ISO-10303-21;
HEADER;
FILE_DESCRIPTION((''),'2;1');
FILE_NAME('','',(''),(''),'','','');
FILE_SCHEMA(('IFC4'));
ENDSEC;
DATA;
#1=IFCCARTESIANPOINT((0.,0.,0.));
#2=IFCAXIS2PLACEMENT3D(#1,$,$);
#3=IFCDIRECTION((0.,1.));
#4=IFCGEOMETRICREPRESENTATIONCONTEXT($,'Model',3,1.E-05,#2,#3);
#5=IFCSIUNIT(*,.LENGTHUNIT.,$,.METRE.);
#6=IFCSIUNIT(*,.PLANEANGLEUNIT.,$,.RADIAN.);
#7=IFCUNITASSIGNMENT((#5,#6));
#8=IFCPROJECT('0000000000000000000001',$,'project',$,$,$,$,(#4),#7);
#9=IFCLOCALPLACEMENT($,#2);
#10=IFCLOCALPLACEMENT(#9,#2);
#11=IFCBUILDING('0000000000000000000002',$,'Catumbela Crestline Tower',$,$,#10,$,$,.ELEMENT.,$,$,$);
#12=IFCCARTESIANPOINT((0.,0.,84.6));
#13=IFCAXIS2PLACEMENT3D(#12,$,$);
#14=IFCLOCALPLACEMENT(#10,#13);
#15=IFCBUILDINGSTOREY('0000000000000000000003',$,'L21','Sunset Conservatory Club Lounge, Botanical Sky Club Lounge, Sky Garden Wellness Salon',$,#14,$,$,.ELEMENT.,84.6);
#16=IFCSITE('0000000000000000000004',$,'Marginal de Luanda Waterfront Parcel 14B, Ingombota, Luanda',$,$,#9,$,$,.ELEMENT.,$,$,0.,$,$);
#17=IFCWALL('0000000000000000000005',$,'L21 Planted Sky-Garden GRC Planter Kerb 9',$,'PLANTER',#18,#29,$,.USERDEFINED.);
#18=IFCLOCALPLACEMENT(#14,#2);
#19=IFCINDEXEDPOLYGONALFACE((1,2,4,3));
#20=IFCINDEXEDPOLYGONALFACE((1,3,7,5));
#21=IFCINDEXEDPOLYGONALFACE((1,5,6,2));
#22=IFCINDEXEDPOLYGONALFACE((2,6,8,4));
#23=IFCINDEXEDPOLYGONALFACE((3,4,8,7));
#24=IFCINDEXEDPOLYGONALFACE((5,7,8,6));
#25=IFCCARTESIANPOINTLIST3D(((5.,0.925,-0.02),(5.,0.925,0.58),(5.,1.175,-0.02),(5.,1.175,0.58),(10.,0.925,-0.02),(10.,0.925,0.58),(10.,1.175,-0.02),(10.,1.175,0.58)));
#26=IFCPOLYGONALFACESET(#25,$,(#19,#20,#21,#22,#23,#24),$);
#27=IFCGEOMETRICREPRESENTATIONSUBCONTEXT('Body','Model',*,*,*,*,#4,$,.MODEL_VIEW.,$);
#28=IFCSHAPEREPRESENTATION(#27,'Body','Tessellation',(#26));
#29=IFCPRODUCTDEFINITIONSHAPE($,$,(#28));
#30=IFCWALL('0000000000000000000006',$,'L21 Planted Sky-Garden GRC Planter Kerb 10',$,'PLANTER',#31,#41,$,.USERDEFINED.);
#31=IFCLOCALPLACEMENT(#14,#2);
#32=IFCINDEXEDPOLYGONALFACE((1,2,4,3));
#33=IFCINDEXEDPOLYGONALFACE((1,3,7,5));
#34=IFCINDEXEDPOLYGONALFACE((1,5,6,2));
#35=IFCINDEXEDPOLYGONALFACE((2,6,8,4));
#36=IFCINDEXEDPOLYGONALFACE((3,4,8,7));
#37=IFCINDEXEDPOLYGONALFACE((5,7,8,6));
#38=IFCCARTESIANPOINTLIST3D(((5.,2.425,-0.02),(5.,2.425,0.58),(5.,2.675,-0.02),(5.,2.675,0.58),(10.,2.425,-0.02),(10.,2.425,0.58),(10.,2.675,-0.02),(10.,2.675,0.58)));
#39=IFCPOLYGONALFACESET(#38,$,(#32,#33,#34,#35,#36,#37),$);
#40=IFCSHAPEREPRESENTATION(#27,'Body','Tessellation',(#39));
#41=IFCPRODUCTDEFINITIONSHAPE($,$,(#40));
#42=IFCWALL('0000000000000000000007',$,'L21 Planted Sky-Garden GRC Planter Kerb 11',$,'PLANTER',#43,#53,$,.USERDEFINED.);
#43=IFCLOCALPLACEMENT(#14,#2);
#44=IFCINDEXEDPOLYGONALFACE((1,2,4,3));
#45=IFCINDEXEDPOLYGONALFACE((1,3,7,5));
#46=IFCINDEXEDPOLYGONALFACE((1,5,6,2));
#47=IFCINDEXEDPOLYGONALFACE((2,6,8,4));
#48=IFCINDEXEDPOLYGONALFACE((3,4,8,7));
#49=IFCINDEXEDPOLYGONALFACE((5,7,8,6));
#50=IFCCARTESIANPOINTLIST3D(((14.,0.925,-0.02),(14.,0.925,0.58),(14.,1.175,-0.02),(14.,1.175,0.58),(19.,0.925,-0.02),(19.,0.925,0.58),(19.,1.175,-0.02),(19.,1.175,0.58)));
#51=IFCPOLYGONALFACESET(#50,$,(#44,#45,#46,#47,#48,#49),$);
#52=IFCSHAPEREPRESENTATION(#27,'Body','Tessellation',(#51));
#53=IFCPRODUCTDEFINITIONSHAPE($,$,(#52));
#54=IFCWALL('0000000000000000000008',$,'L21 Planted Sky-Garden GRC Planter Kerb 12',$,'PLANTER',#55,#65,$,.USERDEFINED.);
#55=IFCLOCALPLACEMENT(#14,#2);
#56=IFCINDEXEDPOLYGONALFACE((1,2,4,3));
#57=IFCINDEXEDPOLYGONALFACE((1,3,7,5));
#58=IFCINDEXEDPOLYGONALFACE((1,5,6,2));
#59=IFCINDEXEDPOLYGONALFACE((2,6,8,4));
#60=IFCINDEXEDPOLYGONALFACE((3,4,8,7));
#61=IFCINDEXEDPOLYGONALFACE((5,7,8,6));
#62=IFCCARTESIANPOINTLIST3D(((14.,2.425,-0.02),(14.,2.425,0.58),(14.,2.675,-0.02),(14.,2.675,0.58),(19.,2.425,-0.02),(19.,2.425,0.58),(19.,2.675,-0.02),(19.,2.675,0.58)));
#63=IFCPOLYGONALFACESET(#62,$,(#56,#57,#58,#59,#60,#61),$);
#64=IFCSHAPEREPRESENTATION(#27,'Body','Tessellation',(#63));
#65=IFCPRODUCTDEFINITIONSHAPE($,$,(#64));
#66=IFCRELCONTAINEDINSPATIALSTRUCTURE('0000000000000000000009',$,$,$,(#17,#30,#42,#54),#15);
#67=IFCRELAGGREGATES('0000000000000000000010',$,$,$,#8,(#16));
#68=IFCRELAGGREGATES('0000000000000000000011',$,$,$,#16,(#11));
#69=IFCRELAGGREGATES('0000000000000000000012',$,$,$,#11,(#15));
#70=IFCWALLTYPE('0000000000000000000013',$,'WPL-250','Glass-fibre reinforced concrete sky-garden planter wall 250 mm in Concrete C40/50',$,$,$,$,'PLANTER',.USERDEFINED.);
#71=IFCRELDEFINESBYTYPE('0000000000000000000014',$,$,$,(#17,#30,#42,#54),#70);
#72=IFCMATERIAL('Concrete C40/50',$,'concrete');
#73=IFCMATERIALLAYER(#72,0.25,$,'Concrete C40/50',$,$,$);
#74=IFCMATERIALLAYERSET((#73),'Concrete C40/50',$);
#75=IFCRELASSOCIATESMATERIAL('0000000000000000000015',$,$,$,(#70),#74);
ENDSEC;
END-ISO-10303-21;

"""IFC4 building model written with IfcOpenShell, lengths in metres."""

from ifc_helpers import new_model, si_unit, direction, frame, frame_2d, origin, place, context, subcontext, project, spatial, rectangle, extrude, material, layer, layer_set, type_object, element, save


model = new_model("IFC4")

# Units and contexts
model_context = context("Model", 3, precision=1e-05, world=origin(), true_north=direction((0.0, 1.0)))
body_context = subcontext(model_context, "Body", "Model", "MODEL_VIEW")
ifc_project = project(units=[si_unit("LENGTHUNIT", "METRE"), si_unit("PLANEANGLEUNIT", "RADIAN")], contexts=[model_context])

# Site, building, storey
site_placement = place(None, origin())
site = spatial("IfcSite", under=ifc_project, at=site_placement, Name="Marginal de Luanda Waterfront Parcel 14B, Ingombota, Luanda", CompositionType="ELEMENT", RefElevation=0.0)
building_placement = place(site_placement, origin())
building = spatial("IfcBuilding", under=site, at=building_placement, Name="Catumbela Crestline Tower", CompositionType="ELEMENT")
storey_placement = place(building_placement, frame((0.0, 0.0, 84.6)))
storey = spatial("IfcBuildingStorey", under=building, at=storey_placement, Name="L21", Description="Sunset Conservatory Club Lounge, Botanical Sky Club Lounge, Sky Garden Wellness Salon", CompositionType="ELEMENT", Elevation=84.6)

# Walls
ifc_material_1 = material(Name="Concrete C40/50", Category="concrete")
ifc_layer_1 = layer(ifc_material_1, 0.25, Name="Concrete C40/50")
ifc_layer_set_1 = layer_set([ifc_layer_1], Name="Concrete C40/50")
wall_type_1 = type_object("IfcWallType", Name="WPL-250", Description="Glass-fibre reinforced concrete sky-garden planter wall 250 mm in Concrete C40/50", ElementType="PLANTER", PredefinedType="USERDEFINED", material=ifc_layer_set_1)
for number, where, z_axis, x_axis, name in (
    (1, (5.0, 1.05, -0.02), (0.0, 0.0, 1.0), (1.0, 0.0, 0.0), "L21 Planted Sky-Garden GRC Planter Kerb 9"),
    (2, (5.0, 2.55, -0.02), (0.0, 0.0, 1.0), (1.0, 0.0, 0.0), "L21 Planted Sky-Garden GRC Planter Kerb 10"),
    (3, (14.0, 1.05, -0.02), (0.0, 0.0, 1.0), (1.0, 0.0, 0.0), "L21 Planted Sky-Garden GRC Planter Kerb 11"),
    (4, (14.0, 2.55, -0.02), (0.0, 0.0, 1.0), (1.0, 0.0, 0.0), "L21 Planted Sky-Garden GRC Planter Kerb 12"),
):
    element("IfcWall", number, at=place(storey_placement, frame(where, z_axis=z_axis, x_axis=x_axis)), inside=storey, type_object=wall_type_1, Name=name, ObjectType="PLANTER", PredefinedType="USERDEFINED", context=body_context, shape_type="SweptSolid", body=[
        extrude(rectangle(XDim=5.0, YDim=0.25, at=frame_2d((2.5, 0.0))), origin(), (0.0, 0.0, 1.0), 0.6),
    ])

save(model, "model.ifc")
